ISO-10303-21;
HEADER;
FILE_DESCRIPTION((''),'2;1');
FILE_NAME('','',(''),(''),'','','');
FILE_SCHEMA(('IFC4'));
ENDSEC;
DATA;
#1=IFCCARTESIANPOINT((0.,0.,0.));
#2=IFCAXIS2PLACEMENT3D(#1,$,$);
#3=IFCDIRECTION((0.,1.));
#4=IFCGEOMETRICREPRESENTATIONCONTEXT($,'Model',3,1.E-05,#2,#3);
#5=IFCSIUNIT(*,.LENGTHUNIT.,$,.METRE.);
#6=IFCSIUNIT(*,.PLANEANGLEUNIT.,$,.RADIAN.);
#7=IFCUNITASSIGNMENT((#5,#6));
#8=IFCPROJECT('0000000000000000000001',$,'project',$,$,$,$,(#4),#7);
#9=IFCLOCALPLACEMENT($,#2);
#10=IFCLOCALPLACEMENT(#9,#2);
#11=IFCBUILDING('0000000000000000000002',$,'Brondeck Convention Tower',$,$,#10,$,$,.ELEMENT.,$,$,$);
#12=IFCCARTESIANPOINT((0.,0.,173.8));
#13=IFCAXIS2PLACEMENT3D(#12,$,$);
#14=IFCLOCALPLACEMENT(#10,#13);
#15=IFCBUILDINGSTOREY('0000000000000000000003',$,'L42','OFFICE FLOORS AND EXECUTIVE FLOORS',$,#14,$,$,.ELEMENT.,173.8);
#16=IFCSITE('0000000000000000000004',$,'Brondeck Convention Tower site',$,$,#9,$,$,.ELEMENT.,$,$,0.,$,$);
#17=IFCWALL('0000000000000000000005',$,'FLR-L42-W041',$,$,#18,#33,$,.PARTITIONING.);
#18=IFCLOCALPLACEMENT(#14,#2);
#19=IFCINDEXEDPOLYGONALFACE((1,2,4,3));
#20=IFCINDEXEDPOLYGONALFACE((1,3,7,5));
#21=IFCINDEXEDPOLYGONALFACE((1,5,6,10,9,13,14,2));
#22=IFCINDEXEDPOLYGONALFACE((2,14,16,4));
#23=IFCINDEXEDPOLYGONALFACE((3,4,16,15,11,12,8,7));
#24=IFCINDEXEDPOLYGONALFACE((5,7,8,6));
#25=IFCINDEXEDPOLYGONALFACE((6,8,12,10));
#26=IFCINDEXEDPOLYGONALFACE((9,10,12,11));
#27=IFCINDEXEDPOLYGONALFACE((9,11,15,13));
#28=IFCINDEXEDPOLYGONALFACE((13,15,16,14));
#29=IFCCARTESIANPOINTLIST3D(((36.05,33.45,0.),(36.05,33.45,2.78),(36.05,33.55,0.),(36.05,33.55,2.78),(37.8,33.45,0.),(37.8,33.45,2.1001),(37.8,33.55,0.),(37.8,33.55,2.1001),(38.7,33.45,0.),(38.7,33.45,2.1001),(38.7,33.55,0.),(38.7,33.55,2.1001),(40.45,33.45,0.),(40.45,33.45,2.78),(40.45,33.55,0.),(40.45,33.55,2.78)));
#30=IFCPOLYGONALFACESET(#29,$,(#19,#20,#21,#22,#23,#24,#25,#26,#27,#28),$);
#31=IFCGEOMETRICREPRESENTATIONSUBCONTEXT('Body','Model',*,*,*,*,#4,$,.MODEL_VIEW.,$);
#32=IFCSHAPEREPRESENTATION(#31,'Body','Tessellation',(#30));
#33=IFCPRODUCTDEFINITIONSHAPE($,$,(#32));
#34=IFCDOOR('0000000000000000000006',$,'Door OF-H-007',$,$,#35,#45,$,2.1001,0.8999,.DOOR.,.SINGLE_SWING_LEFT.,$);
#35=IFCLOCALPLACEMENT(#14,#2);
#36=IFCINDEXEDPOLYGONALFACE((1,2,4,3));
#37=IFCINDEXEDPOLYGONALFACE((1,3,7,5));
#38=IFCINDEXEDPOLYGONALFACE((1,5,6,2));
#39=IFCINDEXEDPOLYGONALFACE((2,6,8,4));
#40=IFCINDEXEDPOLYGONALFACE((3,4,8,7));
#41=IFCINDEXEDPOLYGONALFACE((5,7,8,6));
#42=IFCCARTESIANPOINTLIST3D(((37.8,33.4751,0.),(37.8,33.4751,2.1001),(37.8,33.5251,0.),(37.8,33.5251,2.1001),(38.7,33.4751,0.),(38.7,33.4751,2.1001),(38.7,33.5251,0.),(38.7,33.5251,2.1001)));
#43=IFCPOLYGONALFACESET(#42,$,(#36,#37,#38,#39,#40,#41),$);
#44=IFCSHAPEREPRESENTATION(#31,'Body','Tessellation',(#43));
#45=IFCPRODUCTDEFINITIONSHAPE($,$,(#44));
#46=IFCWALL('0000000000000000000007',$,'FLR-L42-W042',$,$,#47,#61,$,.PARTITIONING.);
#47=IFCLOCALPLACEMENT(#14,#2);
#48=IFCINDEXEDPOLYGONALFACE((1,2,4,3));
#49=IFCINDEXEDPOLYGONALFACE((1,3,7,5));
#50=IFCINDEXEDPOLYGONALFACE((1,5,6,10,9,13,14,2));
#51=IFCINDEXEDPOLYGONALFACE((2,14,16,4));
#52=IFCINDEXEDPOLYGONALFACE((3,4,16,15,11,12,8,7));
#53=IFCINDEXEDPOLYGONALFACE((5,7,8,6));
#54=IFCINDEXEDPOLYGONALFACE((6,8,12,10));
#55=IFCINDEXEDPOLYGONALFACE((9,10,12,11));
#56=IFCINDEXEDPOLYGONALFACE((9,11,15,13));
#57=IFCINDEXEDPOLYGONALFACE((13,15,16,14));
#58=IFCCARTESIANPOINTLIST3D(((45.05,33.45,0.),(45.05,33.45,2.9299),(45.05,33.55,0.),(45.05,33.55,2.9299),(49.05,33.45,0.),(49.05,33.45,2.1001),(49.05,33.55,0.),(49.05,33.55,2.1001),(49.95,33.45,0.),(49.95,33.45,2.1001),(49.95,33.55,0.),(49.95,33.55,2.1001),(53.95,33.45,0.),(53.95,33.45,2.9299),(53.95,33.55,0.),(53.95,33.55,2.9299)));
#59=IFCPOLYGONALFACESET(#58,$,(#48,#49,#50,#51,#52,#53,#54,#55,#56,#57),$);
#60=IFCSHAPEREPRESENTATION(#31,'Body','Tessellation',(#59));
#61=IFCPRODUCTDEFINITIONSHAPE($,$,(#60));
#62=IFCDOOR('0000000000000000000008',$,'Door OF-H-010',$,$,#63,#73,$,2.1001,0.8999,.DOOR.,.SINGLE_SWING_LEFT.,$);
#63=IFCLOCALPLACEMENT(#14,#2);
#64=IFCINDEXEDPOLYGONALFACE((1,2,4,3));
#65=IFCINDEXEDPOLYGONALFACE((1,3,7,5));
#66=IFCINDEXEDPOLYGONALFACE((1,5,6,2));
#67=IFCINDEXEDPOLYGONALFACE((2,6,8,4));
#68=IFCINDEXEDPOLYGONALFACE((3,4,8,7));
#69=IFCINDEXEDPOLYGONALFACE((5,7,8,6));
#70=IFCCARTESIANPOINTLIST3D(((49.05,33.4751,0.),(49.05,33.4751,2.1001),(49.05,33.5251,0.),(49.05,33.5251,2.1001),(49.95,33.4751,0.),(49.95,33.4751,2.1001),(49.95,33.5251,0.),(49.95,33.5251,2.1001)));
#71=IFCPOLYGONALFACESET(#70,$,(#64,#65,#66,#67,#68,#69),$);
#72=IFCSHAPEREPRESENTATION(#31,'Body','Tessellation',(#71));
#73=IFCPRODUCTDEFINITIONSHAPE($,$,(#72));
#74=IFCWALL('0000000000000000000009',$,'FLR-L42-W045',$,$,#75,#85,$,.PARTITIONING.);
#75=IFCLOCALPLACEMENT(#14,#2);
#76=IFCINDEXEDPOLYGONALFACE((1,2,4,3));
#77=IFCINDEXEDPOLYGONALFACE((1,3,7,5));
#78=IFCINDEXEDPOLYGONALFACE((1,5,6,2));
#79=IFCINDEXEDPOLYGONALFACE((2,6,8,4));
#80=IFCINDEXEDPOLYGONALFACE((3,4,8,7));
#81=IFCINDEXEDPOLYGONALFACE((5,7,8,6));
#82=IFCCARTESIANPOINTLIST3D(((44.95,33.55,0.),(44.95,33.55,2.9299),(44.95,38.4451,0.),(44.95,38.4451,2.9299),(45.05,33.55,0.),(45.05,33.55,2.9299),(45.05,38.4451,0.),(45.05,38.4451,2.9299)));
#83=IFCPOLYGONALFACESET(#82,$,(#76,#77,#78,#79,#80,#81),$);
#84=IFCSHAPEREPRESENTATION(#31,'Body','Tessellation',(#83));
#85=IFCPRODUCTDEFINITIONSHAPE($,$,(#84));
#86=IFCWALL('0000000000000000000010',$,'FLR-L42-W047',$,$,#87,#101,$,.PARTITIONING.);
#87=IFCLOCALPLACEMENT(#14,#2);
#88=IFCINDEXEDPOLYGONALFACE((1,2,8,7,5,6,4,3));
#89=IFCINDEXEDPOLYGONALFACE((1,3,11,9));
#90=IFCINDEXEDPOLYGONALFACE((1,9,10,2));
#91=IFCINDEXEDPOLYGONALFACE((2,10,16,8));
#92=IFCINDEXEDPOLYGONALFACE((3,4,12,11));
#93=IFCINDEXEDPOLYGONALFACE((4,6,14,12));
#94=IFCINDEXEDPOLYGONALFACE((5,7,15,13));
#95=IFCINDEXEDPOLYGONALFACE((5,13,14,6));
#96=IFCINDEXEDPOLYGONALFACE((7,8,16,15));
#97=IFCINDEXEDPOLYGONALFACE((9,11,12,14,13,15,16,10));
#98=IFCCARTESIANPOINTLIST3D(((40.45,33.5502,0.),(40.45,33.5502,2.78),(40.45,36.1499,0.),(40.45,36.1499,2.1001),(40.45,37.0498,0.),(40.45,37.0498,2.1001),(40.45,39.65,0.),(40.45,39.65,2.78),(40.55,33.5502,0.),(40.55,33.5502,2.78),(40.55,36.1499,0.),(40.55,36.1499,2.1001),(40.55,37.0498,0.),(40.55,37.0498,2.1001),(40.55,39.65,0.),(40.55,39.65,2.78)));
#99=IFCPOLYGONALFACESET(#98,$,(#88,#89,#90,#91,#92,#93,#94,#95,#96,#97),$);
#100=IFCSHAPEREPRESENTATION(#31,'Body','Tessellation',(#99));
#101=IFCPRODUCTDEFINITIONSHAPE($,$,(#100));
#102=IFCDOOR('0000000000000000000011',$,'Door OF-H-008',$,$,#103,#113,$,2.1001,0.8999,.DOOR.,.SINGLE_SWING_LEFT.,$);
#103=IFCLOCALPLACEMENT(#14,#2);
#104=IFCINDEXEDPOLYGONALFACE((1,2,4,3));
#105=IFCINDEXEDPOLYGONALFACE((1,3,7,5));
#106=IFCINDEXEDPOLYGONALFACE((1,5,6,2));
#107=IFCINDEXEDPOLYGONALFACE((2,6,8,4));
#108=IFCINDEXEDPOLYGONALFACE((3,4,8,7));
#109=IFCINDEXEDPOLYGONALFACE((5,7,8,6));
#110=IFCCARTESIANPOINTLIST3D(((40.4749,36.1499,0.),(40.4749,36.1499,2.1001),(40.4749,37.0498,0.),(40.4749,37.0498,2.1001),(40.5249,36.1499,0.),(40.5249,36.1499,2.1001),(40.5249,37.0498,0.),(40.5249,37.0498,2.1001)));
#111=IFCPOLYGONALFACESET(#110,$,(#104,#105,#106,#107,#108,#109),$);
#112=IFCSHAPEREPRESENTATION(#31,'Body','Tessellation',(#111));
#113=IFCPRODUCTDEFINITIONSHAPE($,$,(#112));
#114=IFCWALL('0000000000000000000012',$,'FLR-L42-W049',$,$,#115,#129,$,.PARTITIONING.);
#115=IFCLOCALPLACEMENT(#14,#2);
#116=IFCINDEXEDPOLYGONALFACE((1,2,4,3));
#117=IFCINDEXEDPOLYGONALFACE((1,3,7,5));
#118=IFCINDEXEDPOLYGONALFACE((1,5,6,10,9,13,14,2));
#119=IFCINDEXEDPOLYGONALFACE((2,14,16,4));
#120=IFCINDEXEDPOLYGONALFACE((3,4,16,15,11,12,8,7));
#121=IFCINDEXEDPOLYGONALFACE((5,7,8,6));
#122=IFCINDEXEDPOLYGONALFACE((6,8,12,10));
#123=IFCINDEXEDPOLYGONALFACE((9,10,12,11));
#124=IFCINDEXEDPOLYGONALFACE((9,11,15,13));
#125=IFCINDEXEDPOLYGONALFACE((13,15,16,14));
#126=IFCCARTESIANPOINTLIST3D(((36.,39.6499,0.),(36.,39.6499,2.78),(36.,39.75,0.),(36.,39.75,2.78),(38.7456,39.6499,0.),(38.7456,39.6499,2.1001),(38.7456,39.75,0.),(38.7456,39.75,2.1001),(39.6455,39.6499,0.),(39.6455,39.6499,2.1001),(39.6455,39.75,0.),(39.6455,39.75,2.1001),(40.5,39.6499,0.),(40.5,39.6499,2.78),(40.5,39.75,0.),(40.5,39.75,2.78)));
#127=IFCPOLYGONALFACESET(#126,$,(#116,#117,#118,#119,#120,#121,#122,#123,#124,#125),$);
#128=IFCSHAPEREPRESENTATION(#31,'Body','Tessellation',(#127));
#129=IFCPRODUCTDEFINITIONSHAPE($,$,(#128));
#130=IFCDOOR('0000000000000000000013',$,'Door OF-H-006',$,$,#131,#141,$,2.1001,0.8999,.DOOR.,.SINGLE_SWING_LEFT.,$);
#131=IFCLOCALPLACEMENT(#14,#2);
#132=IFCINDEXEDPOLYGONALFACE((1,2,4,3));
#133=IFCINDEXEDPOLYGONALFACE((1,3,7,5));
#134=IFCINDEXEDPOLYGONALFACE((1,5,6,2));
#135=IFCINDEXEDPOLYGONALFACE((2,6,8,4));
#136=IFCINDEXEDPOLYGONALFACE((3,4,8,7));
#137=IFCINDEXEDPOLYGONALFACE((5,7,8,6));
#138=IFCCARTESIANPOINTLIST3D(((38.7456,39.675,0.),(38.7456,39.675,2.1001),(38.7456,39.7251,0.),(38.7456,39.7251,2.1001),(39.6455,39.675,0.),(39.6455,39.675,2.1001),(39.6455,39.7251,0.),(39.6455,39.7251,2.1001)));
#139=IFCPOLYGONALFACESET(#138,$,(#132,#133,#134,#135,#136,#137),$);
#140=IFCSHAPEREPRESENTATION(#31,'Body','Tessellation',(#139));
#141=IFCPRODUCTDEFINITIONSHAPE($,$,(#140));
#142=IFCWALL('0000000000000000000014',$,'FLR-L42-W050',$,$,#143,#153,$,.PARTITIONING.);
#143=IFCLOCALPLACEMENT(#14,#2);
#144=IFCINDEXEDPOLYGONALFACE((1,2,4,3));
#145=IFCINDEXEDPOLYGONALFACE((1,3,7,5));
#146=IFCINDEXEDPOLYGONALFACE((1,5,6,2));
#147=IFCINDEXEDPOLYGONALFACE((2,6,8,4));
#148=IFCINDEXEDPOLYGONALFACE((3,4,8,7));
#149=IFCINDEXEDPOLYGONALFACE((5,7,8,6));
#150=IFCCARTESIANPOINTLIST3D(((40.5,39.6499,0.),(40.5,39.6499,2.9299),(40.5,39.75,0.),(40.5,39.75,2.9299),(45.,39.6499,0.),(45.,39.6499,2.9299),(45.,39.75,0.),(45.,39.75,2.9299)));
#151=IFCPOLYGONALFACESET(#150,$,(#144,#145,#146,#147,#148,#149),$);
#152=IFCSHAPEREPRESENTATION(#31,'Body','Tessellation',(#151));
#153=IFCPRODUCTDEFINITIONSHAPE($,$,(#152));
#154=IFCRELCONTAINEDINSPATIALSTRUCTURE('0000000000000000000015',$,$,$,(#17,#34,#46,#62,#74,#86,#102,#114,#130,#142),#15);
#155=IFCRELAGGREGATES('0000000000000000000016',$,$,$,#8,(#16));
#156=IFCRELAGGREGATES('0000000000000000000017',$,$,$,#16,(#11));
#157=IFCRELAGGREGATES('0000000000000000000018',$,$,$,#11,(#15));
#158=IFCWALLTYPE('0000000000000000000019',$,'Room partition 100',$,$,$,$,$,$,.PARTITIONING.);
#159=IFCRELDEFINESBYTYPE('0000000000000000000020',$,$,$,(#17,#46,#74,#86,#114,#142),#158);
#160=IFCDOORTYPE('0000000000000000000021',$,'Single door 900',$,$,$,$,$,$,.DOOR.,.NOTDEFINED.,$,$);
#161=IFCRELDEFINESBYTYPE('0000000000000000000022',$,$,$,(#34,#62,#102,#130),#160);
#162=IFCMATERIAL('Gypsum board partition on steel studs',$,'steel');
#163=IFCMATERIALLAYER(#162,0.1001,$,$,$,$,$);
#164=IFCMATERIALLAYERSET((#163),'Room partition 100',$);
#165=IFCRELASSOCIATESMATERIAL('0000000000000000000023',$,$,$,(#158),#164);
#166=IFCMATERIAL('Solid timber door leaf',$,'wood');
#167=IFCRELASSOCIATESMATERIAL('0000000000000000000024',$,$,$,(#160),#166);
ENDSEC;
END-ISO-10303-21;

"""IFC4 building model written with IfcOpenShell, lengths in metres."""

from ifc_helpers import new_model, si_unit, direction, frame, frame_2d, origin, place, context, subcontext, project, spatial, rectangle, extrude, material, layer, layer_set, type_object, element, fill, save


model = new_model("IFC4")

# Units and contexts
model_context = context("Model", 3, precision=1e-05, world=origin(), true_north=direction((0.0, 1.0)))
body_context = subcontext(model_context, "Body", "Model", "MODEL_VIEW")
ifc_project = project(units=[si_unit("LENGTHUNIT", "METRE"), si_unit("PLANEANGLEUNIT", "RADIAN")], contexts=[model_context])

# Site, building, storey
site_placement = place(None, origin())
site = spatial("IfcSite", under=ifc_project, at=site_placement, Name="Brondeck Convention Tower site", CompositionType="ELEMENT", RefElevation=0.0)
building_placement = place(site_placement, origin())
building = spatial("IfcBuilding", under=site, at=building_placement, Name="Brondeck Convention Tower", CompositionType="ELEMENT")
storey_placement = place(building_placement, frame((0.0, 0.0, 173.8)))
storey = spatial("IfcBuildingStorey", under=building, at=storey_placement, Name="L42", Description="OFFICE FLOORS AND EXECUTIVE FLOORS", CompositionType="ELEMENT", Elevation=173.8)

# Shared definitions
ifc_material_1 = material(Name="Gypsum board partition on steel studs", Category="steel")
ifc_layer_1 = layer(ifc_material_1, 0.1001)
ifc_layer_set_1 = layer_set([ifc_layer_1], Name="Room partition 100")
wall_type_1 = type_object("IfcWallType", Name="Room partition 100", PredefinedType="PARTITIONING", material=ifc_layer_set_1)

# Walls, openings, doors
wall_1_placement = place(storey_placement, frame((40.45, 33.5, 0.0), z_axis=(0.0, 0.0, 1.0), x_axis=(-1.0, 0.0, 0.0)))
wall_1 = element("IfcWall", 1, at=wall_1_placement, inside=storey, type_object=wall_type_1, Name="FLR-L42-W041", PredefinedType="PARTITIONING", context=body_context, shape_type="SweptSolid", body=[
    extrude(rectangle(XDim=4.3999, YDim=0.1001, at=frame_2d((2.2, 0.0))), origin(), (0.0, 0.0, 1.0), 2.78),
])
opening_1_placement = place(wall_1_placement, frame((1.75, 0.0, 0.0)))
opening_1 = element("IfcOpeningElement", 2, at=opening_1_placement, cuts=wall_1, PredefinedType="OPENING", context=body_context, shape_type="SweptSolid", body=[
    extrude(rectangle(XDim=0.8999, YDim=2.1001, at=frame_2d((0.45, 1.05))), frame((0.0, 0.0601, 0.0), z_axis=(0.0, -1.0, 0.0), x_axis=(1.0, 0.0, 0.0)), (0.0, 0.0, 1.0), 0.1201),
])
ifc_material_2 = material(Name="Solid timber door leaf", Category="wood")
door_type = type_object("IfcDoorType", Name="Single door 900", OperationType="NOTDEFINED", PredefinedType="DOOR", material=ifc_material_2)
door_1_placement = place(opening_1_placement, origin())
door_1 = element("IfcDoor", 3, at=door_1_placement, inside=storey, type_object=door_type, Name="Door OF-H-007", OperationType="SINGLE_SWING_LEFT", OverallHeight=2.1001, OverallWidth=0.8999, PredefinedType="DOOR", context=body_context, shape_type="SweptSolid", body=[
    extrude(rectangle(XDim=0.8999, YDim=2.1001, at=frame_2d((0.45, 1.05))), frame((0.0, 0.0249, 0.0), z_axis=(0.0, -1.0, 0.0), x_axis=(1.0, 0.0, 0.0)), (0.0, 0.0, 1.0), 0.05),
])
fill(opening_1, door_1)
wall_2_placement = place(storey_placement, frame((53.95, 33.5, 0.0), z_axis=(0.0, 0.0, 1.0), x_axis=(-1.0, 0.0, 0.0)))
wall_2 = element("IfcWall", 4, at=wall_2_placement, inside=storey, type_object=wall_type_1, Name="FLR-L42-W042", PredefinedType="PARTITIONING", context=body_context, shape_type="SweptSolid", body=[
    extrude(rectangle(XDim=8.8999, YDim=0.1001, at=frame_2d((4.45, 0.0))), origin(), (0.0, 0.0, 1.0), 2.9299),
])
opening_2_placement = place(wall_2_placement, frame((4.0, 0.0, 0.0)))
opening_2 = element("IfcOpeningElement", 5, at=opening_2_placement, cuts=wall_2, PredefinedType="OPENING", context=body_context, shape_type="SweptSolid", body=[
    extrude(rectangle(XDim=0.8999, YDim=2.1001, at=frame_2d((0.45, 1.05))), frame((0.0, 0.0601, 0.0), z_axis=(0.0, -1.0, 0.0), x_axis=(1.0, 0.0, 0.0)), (0.0, 0.0, 1.0), 0.1201),
])
door_2_placement = place(opening_2_placement, origin())
door_2 = element("IfcDoor", 6, at=door_2_placement, inside=storey, type_object=door_type, Name="Door OF-H-010", OperationType="SINGLE_SWING_LEFT", OverallHeight=2.1001, OverallWidth=0.8999, PredefinedType="DOOR", context=body_context, shape_type="SweptSolid", body=[
    extrude(rectangle(XDim=0.8999, YDim=2.1001, at=frame_2d((0.45, 1.05))), frame((0.0, 0.0249, 0.0), z_axis=(0.0, -1.0, 0.0), x_axis=(1.0, 0.0, 0.0)), (0.0, 0.0, 1.0), 0.05),
])
fill(opening_2, door_2)

# Wall
wall_3_placement = place(storey_placement, frame((45.0, 38.4451, 0.0), z_axis=(0.0, 0.0, 1.0), x_axis=(0.0, -1.0, 0.0)))
element("IfcWall", 7, at=wall_3_placement, inside=storey, type_object=wall_type_1, Name="FLR-L42-W045", PredefinedType="PARTITIONING", context=body_context, shape_type="SweptSolid", body=[
    extrude(rectangle(XDim=4.895, YDim=0.1001, at=frame_2d((2.4475, 0.0))), origin(), (0.0, 0.0, 1.0), 2.9299),
])

# Walls, openings, doors
wall_4_placement = place(storey_placement, frame((40.5, 39.6499, 0.0), z_axis=(0.0, 0.0, 1.0), x_axis=(0.0, -1.0, 0.0)))
wall_4 = element("IfcWall", 8, at=wall_4_placement, inside=storey, type_object=wall_type_1, Name="FLR-L42-W047", PredefinedType="PARTITIONING", context=body_context, shape_type="SweptSolid", body=[
    extrude(rectangle(XDim=6.0999, YDim=0.1001, at=frame_2d((3.0498, 0.0))), origin(), (0.0, 0.0, 1.0), 2.78),
])
opening_3_placement = place(wall_4_placement, frame((2.6001, 0.0, 0.0)))
opening_3 = element("IfcOpeningElement", 9, at=opening_3_placement, cuts=wall_4, PredefinedType="OPENING", context=body_context, shape_type="SweptSolid", body=[
    extrude(rectangle(XDim=0.8999, YDim=2.1001, at=frame_2d((0.45, 1.05))), frame((0.0, 0.0601, 0.0), z_axis=(0.0, -1.0, 0.0), x_axis=(1.0, 0.0, 0.0)), (0.0, 0.0, 1.0), 0.1201),
])
door_3_placement = place(opening_3_placement, origin())
door_3 = element("IfcDoor", 10, at=door_3_placement, inside=storey, type_object=door_type, Name="Door OF-H-008", OperationType="SINGLE_SWING_LEFT", OverallHeight=2.1001, OverallWidth=0.8999, PredefinedType="DOOR", context=body_context, shape_type="SweptSolid", body=[
    extrude(rectangle(XDim=0.8999, YDim=2.1001, at=frame_2d((0.45, 1.05))), frame((0.0, 0.0249, 0.0), z_axis=(0.0, -1.0, 0.0), x_axis=(1.0, 0.0, 0.0)), (0.0, 0.0, 1.0), 0.05),
])
fill(opening_3, door_3)
wall_5_placement = place(storey_placement, frame((40.5, 39.7, 0.0), z_axis=(0.0, 0.0, 1.0), x_axis=(-1.0, 0.0, 0.0)))
wall_5 = element("IfcWall", 11, at=wall_5_placement, inside=storey, type_object=wall_type_1, Name="FLR-L42-W049", PredefinedType="PARTITIONING", context=body_context, shape_type="SweptSolid", body=[
    extrude(rectangle(XDim=4.5, YDim=0.1001, at=frame_2d((2.25, 0.0))), origin(), (0.0, 0.0, 1.0), 2.78),
])
opening_4_placement = place(wall_5_placement, frame((0.8545, 0.0, 0.0)))
opening_4 = element("IfcOpeningElement", 12, at=opening_4_placement, cuts=wall_5, PredefinedType="OPENING", context=body_context, shape_type="SweptSolid", body=[
    extrude(rectangle(XDim=0.8999, YDim=2.1001, at=frame_2d((0.45, 1.05))), frame((0.0, 0.0601, 0.0), z_axis=(0.0, -1.0, 0.0), x_axis=(1.0, 0.0, 0.0)), (0.0, 0.0, 1.0), 0.1201),
])
door_4_placement = place(opening_4_placement, origin())
door_4 = element("IfcDoor", 13, at=door_4_placement, inside=storey, type_object=door_type, Name="Door OF-H-006", OperationType="SINGLE_SWING_LEFT", OverallHeight=2.1001, OverallWidth=0.8999, PredefinedType="DOOR", context=body_context, shape_type="SweptSolid", body=[
    extrude(rectangle(XDim=0.8999, YDim=2.1001, at=frame_2d((0.45, 1.05))), frame((0.0, 0.0249, 0.0), z_axis=(0.0, -1.0, 0.0), x_axis=(1.0, 0.0, 0.0)), (0.0, 0.0, 1.0), 0.05),
])
fill(opening_4, door_4)

# Wall
wall_6_placement = place(storey_placement, frame((45.0, 39.7, 0.0), z_axis=(0.0, 0.0, 1.0), x_axis=(-1.0, 0.0, 0.0)))
element("IfcWall", 14, at=wall_6_placement, inside=storey, type_object=wall_type_1, Name="FLR-L42-W050", PredefinedType="PARTITIONING", context=body_context, shape_type="SweptSolid", body=[
    extrude(rectangle(XDim=4.5, YDim=0.1001, at=frame_2d((2.25, 0.0))), origin(), (0.0, 0.0, 1.0), 2.9299),
])

save(model, "model.ifc")
